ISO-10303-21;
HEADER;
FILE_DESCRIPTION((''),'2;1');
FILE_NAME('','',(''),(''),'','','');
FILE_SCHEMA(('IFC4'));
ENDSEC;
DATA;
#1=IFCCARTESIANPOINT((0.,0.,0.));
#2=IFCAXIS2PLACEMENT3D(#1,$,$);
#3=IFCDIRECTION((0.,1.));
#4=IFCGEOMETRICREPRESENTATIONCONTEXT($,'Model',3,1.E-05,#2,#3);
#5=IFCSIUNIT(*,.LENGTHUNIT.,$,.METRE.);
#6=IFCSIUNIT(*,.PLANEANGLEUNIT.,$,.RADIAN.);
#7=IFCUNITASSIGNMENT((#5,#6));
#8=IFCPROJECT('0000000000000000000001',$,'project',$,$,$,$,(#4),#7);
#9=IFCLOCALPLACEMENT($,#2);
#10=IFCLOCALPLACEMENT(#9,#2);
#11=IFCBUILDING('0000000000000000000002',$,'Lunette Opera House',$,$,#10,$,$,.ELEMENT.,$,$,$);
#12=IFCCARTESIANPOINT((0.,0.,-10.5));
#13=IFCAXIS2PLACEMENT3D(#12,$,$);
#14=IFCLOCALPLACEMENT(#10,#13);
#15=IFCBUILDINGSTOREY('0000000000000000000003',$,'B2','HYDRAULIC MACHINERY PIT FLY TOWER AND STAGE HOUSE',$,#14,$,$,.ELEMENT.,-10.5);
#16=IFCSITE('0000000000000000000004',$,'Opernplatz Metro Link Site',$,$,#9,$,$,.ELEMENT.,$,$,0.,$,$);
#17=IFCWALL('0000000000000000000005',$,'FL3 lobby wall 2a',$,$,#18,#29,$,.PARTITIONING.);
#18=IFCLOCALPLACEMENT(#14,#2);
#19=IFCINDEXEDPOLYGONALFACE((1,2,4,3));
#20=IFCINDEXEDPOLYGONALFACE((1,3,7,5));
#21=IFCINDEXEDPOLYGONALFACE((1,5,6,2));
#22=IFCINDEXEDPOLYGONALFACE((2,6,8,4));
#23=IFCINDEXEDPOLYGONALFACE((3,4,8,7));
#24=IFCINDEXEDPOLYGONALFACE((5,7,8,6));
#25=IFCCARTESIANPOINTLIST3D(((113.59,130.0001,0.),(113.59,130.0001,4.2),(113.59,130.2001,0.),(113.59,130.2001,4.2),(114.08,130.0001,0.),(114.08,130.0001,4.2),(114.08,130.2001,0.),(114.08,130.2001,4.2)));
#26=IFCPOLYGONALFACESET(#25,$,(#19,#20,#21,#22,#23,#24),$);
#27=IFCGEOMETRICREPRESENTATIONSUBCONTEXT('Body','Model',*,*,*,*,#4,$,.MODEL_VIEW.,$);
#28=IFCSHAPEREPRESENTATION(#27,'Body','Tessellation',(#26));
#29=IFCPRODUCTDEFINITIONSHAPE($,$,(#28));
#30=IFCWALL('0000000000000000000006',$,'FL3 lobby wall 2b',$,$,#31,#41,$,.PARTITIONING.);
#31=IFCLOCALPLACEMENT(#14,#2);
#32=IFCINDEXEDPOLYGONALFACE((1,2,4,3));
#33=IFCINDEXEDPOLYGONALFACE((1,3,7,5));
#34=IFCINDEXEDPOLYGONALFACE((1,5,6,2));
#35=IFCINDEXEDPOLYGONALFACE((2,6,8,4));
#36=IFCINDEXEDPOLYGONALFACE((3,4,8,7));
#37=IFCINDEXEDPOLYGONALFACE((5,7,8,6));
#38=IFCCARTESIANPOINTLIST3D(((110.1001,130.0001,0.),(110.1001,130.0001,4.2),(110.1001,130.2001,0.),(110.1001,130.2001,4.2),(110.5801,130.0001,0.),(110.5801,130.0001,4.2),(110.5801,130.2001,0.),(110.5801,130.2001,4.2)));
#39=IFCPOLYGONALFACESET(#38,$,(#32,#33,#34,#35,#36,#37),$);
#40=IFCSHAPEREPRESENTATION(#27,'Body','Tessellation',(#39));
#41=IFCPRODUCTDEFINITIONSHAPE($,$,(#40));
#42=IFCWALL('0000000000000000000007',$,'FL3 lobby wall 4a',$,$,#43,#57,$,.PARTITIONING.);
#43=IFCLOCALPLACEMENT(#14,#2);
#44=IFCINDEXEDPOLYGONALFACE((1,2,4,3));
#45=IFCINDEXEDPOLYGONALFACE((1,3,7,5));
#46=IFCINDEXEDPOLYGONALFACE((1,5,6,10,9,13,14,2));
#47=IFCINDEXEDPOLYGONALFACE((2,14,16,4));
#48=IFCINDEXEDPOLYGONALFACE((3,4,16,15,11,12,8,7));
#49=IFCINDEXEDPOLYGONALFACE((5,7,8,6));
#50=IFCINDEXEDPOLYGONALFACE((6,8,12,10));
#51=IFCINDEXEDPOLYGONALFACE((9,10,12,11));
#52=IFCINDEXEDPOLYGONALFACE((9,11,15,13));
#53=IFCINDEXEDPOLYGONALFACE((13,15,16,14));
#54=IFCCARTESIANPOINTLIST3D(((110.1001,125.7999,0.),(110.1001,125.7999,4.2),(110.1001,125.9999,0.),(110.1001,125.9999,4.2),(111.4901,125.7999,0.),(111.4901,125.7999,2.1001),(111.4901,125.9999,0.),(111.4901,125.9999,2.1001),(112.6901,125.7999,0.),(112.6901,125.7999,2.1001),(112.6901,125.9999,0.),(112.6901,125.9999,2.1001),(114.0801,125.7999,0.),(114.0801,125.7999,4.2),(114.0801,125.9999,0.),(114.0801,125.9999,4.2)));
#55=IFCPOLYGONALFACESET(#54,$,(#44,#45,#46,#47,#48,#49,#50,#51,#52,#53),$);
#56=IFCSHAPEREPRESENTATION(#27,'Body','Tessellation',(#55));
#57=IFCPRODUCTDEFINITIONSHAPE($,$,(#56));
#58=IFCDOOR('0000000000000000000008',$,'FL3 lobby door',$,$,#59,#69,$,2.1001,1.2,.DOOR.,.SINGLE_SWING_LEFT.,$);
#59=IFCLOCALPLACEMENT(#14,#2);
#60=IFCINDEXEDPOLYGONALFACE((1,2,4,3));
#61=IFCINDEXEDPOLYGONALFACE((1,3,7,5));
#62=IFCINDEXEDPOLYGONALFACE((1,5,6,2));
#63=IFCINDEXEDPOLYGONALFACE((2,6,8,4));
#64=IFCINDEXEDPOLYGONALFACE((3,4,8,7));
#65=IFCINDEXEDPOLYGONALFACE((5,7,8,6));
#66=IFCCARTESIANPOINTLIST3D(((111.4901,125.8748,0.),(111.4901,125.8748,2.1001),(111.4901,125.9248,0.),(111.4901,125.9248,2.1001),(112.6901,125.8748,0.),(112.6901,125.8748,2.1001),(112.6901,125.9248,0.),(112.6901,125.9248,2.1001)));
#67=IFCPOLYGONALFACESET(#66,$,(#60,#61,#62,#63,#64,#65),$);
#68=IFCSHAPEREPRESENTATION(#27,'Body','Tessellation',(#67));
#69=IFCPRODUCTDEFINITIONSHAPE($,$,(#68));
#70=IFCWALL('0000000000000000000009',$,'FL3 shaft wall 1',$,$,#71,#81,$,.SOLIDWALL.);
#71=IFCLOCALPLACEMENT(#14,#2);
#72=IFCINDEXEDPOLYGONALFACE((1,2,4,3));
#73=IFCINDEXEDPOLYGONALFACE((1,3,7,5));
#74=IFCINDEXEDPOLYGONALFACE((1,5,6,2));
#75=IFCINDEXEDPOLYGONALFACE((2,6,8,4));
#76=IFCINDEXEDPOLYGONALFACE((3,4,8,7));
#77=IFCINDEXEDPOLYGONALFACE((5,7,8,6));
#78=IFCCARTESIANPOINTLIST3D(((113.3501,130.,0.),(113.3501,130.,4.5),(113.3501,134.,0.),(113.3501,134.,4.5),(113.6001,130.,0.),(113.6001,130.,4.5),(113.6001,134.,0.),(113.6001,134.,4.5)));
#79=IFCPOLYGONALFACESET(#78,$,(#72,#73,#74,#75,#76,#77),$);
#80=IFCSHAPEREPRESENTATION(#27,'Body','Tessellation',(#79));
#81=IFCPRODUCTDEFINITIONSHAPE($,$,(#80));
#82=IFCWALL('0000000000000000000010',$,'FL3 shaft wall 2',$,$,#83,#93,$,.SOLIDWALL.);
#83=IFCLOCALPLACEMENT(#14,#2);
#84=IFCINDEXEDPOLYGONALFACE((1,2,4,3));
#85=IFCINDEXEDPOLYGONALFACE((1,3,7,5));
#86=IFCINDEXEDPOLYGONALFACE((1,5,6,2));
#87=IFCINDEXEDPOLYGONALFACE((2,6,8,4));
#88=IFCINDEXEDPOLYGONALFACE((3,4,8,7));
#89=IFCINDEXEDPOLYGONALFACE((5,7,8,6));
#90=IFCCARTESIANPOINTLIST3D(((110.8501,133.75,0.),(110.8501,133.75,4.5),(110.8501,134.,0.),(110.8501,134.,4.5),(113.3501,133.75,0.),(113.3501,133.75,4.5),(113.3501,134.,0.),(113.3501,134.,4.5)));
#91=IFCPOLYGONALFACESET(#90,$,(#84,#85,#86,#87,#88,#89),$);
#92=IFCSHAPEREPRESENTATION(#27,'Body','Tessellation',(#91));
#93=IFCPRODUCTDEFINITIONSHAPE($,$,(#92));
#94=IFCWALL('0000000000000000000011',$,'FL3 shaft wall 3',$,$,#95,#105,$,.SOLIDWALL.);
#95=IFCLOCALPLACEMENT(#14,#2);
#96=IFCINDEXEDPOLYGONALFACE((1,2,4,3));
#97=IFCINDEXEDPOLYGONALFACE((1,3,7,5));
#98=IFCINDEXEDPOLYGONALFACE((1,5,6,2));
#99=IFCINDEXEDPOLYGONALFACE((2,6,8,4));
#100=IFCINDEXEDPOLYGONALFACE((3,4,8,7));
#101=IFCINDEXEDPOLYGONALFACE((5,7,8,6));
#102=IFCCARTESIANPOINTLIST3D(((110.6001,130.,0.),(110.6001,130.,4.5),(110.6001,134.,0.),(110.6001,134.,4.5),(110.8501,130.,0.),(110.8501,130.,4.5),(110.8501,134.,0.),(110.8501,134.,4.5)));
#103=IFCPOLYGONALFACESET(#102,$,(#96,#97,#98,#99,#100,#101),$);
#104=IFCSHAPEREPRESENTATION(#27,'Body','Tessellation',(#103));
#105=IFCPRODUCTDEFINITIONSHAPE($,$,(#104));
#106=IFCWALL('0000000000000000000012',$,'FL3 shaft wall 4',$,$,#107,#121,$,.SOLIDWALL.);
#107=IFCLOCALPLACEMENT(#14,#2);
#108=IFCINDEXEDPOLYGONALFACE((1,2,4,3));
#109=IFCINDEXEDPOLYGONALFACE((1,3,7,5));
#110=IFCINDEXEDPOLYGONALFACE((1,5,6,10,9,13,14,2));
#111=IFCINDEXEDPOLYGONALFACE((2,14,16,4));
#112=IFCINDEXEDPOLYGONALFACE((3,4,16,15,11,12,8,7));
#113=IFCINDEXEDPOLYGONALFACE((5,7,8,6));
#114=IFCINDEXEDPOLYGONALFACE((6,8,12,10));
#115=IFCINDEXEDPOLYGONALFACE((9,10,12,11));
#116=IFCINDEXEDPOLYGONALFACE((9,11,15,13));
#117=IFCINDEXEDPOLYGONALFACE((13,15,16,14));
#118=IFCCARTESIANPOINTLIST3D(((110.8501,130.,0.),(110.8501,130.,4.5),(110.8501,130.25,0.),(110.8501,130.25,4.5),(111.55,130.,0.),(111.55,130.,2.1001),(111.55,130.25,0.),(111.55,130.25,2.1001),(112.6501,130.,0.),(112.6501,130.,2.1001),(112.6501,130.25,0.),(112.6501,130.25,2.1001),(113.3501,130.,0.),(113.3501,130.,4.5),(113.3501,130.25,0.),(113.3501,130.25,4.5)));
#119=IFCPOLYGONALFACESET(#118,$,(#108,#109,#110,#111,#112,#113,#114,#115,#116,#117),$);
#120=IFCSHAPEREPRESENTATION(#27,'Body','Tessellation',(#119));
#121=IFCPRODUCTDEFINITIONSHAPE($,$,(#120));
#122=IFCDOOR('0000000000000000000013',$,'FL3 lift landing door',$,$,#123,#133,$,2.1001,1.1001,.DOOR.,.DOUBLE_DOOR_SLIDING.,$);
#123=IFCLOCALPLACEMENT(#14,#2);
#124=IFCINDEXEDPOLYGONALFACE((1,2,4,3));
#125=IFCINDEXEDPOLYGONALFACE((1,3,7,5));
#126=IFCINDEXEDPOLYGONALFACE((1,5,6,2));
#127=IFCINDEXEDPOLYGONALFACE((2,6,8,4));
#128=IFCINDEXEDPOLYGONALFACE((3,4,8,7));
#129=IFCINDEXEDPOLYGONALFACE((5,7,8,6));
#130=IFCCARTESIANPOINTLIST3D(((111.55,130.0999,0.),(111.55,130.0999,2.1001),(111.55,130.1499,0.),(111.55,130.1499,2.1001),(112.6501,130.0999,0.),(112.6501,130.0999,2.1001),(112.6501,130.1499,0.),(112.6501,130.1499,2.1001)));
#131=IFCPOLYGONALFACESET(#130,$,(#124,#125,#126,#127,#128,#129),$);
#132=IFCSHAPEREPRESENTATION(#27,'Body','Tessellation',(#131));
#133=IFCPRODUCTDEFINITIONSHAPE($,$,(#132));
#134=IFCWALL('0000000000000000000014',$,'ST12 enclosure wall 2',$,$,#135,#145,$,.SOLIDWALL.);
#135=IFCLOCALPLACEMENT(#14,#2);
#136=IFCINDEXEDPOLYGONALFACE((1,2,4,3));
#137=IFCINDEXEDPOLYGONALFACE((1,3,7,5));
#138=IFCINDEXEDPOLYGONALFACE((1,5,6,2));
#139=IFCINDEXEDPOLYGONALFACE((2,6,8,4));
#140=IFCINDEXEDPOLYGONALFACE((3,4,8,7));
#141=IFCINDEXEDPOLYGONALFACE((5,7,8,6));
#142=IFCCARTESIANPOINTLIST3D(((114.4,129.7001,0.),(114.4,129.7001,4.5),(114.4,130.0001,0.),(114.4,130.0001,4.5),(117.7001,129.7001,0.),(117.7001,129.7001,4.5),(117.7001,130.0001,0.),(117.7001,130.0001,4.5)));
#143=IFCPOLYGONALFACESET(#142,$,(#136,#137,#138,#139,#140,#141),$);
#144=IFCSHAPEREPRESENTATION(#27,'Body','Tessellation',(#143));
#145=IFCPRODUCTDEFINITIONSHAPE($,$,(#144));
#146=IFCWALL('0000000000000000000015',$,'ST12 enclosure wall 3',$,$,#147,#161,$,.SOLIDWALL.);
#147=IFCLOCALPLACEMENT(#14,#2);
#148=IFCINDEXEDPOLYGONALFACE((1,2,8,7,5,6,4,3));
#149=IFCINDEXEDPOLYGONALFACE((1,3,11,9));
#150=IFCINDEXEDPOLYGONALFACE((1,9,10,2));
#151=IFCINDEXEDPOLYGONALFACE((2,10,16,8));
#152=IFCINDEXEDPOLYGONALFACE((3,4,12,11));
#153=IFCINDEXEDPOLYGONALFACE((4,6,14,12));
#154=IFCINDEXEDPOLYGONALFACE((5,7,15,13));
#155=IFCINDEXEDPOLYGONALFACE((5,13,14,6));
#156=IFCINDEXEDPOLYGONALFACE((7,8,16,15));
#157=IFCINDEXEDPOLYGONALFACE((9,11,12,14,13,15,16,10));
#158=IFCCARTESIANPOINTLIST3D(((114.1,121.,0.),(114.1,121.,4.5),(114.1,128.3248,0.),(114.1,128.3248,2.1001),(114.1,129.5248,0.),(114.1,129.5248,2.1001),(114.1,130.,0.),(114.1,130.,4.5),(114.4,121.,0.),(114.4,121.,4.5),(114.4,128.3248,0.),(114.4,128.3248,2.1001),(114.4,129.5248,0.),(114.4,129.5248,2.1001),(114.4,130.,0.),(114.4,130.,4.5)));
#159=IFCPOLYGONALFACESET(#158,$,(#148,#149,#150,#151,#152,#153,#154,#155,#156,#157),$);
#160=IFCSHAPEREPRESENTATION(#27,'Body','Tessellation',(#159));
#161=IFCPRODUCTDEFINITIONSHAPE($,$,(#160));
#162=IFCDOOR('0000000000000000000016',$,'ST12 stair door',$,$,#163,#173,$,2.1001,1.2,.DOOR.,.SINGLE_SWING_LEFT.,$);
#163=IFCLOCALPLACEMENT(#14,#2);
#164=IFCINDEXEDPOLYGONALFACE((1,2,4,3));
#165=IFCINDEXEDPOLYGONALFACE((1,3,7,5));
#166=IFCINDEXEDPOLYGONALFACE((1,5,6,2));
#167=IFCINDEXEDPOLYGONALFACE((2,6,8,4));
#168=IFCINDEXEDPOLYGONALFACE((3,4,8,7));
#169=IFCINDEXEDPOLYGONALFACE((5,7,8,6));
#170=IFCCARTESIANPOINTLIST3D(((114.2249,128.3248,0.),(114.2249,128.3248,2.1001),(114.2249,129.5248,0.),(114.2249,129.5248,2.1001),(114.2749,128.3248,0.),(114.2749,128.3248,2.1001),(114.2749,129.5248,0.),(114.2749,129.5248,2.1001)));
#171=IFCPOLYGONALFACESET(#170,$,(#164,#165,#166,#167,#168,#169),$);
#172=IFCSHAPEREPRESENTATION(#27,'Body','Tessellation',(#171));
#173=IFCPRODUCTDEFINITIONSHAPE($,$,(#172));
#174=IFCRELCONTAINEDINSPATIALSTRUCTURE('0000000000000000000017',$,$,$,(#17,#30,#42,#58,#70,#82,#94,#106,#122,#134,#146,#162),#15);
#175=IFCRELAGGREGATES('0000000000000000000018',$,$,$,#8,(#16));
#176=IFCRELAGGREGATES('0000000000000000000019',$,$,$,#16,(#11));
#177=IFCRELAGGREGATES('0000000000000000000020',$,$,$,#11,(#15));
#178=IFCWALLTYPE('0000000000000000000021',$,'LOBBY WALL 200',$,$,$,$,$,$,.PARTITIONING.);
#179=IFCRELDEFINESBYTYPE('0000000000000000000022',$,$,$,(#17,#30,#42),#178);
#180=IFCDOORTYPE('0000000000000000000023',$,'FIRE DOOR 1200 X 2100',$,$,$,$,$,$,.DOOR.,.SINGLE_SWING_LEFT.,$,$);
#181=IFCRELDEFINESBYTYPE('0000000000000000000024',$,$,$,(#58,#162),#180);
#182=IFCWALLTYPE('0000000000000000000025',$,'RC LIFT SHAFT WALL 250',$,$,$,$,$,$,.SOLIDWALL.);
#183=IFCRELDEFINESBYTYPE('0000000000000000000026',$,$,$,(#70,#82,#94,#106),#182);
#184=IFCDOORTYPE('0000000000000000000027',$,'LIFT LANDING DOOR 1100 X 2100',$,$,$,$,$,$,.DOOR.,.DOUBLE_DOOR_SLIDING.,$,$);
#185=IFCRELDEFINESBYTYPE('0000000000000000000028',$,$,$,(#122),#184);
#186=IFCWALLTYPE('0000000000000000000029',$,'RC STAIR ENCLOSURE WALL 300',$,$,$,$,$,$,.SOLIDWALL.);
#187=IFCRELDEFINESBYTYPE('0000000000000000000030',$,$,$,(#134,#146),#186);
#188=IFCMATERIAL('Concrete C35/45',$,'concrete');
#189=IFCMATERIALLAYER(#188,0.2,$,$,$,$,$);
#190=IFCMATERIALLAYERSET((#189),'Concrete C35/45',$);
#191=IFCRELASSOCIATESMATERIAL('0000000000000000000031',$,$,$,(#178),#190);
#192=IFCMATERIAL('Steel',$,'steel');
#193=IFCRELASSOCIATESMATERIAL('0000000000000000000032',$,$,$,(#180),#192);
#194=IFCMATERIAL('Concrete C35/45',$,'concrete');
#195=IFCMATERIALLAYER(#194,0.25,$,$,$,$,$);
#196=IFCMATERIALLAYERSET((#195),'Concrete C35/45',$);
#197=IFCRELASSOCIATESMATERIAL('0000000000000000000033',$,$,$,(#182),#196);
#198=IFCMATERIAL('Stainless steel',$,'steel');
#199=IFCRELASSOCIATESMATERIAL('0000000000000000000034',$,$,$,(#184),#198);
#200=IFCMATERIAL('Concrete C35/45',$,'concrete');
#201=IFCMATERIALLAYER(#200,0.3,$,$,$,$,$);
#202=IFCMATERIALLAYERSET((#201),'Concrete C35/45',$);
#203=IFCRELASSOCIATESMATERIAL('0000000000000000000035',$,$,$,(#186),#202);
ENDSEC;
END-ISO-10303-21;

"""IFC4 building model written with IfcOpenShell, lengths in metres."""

from ifc_helpers import new_model, si_unit, direction, frame, frame_2d, origin, place, context, subcontext, project, spatial, rectangle, extrude, material, layer, layer_set, type_object, element, fill, save


model = new_model("IFC4")

# Units and contexts
model_context = context("Model", 3, precision=1e-05, world=origin(), true_north=direction((0.0, 1.0)))
body_context = subcontext(model_context, "Body", "Model", "MODEL_VIEW")
ifc_project = project(units=[si_unit("LENGTHUNIT", "METRE"), si_unit("PLANEANGLEUNIT", "RADIAN")], contexts=[model_context])

# Site, building, storey
site_placement = place(None, origin())
site = spatial("IfcSite", under=ifc_project, at=site_placement, Name="Opernplatz Metro Link Site", CompositionType="ELEMENT", RefElevation=0.0)
building_placement = place(site_placement, origin())
building = spatial("IfcBuilding", under=site, at=building_placement, Name="Lunette Opera House", CompositionType="ELEMENT")
storey_placement = place(building_placement, frame((0.0, 0.0, -10.5)))
storey = spatial("IfcBuildingStorey", under=building, at=storey_placement, Name="B2", Description="HYDRAULIC MACHINERY PIT FLY TOWER AND STAGE HOUSE", CompositionType="ELEMENT", Elevation=-10.5)

# Walls
ifc_material_1 = material(Name="Concrete C35/45", Category="concrete")
ifc_layer_1 = layer(ifc_material_1, 0.2)
ifc_layer_set_1 = layer_set([ifc_layer_1], Name="Concrete C35/45")
wall_type_1 = type_object("IfcWallType", Name="LOBBY WALL 200", PredefinedType="PARTITIONING", material=ifc_layer_set_1)
wall_1_placement = place(storey_placement, frame((114.0801, 130.1001, 0.0), z_axis=(0.0, 0.0, 1.0), x_axis=(-1.0, 0.0, 0.0)))
element("IfcWall", 1, at=wall_1_placement, inside=storey, type_object=wall_type_1, Name="FL3 lobby wall 2a", PredefinedType="PARTITIONING", context=body_context, shape_type="SweptSolid", body=[
    extrude(rectangle(XDim=0.49, YDim=0.2, at=frame_2d((0.2451, 0.0))), origin(), (0.0, 0.0, 1.0), 4.2),
])
wall_2_placement = place(storey_placement, frame((110.5801, 130.1001, 0.0), z_axis=(0.0, 0.0, 1.0), x_axis=(-1.0, 0.0, 0.0)))
element("IfcWall", 2, at=wall_2_placement, inside=storey, type_object=wall_type_1, Name="FL3 lobby wall 2b", PredefinedType="PARTITIONING", context=body_context, shape_type="SweptSolid", body=[
    extrude(rectangle(XDim=0.48, YDim=0.2, at=frame_2d((0.24, 0.0))), origin(), (0.0, 0.0, 1.0), 4.2),
])

# Wall, opening, door
wall_3_placement = place(storey_placement, frame((110.1001, 125.8999, 0.0), z_axis=(0.0, 0.0, 1.0), x_axis=(1.0, 0.0, 0.0)))
wall_3 = element("IfcWall", 3, at=wall_3_placement, inside=storey, type_object=wall_type_1, Name="FL3 lobby wall 4a", PredefinedType="PARTITIONING", context=body_context, shape_type="SweptSolid", body=[
    extrude(rectangle(XDim=3.98, YDim=0.2, at=frame_2d((1.99, 0.0))), origin(), (0.0, 0.0, 1.0), 4.2),
])
opening_1_placement = place(wall_3_placement, frame((1.3899, 0.0, 0.0)))
opening_1 = element("IfcOpeningElement", 4, at=opening_1_placement, cuts=wall_3, PredefinedType="OPENING", context=body_context, shape_type="SweptSolid", body=[
    extrude(rectangle(XDim=1.2, YDim=2.1001, at=frame_2d((0.6001, 1.05))), frame((0.0, 0.1121, 0.0), z_axis=(0.0, -1.0, 0.0), x_axis=(1.0, 0.0, 0.0)), (0.0, 0.0, 1.0), 0.2239),
])
ifc_material_2 = material(Name="Steel", Category="steel")
door_type_1 = type_object("IfcDoorType", Name="FIRE DOOR 1200 X 2100", OperationType="SINGLE_SWING_LEFT", PredefinedType="DOOR", material=ifc_material_2)
door_1_placement = place(opening_1_placement, origin())
door_1 = element("IfcDoor", 5, at=door_1_placement, inside=storey, type_object=door_type_1, Name="FL3 lobby door", OperationType="SINGLE_SWING_LEFT", OverallHeight=2.1001, OverallWidth=1.2, PredefinedType="DOOR", context=body_context, shape_type="SweptSolid", body=[
    extrude(rectangle(XDim=1.2, YDim=2.1001, at=frame_2d((0.6001, 1.05))), frame((0.0, 0.0249, 0.0), z_axis=(0.0, -1.0, 0.0), x_axis=(1.0, 0.0, 0.0)), (0.0, 0.0, 1.0), 0.05),
])
fill(opening_1, door_1)

# Walls
ifc_material_3 = material(Name="Concrete C35/45", Category="concrete")
ifc_layer_2 = layer(ifc_material_3, 0.25)
ifc_layer_set_2 = layer_set([ifc_layer_2], Name="Concrete C35/45")
wall_type_2 = type_object("IfcWallType", Name="RC LIFT SHAFT WALL 250", PredefinedType="SOLIDWALL", material=ifc_layer_set_2)
wall_4_placement = place(storey_placement, frame((113.4751, 130.0, 0.0), z_axis=(0.0, 0.0, 1.0), x_axis=(0.0, 1.0, 0.0)))
element("IfcWall", 6, at=wall_4_placement, inside=storey, type_object=wall_type_2, Name="FL3 shaft wall 1", PredefinedType="SOLIDWALL", context=body_context, shape_type="SweptSolid", body=[
    extrude(rectangle(XDim=4.0, YDim=0.25, at=frame_2d((2.0, 0.0))), origin(), (0.0, 0.0, 1.0), 4.5),
])
wall_5_placement = place(storey_placement, frame((113.3501, 133.875, 0.0), z_axis=(0.0, 0.0, 1.0), x_axis=(-1.0, 0.0, 0.0)))
element("IfcWall", 7, at=wall_5_placement, inside=storey, type_object=wall_type_2, Name="FL3 shaft wall 2", PredefinedType="SOLIDWALL", context=body_context, shape_type="SweptSolid", body=[
    extrude(rectangle(XDim=2.5, YDim=0.25, at=frame_2d((1.25, 0.0))), origin(), (0.0, 0.0, 1.0), 4.5),
])
wall_6_placement = place(storey_placement, frame((110.7251, 134.0, 0.0), z_axis=(0.0, 0.0, 1.0), x_axis=(0.0, -1.0, 0.0)))
element("IfcWall", 8, at=wall_6_placement, inside=storey, type_object=wall_type_2, Name="FL3 shaft wall 3", PredefinedType="SOLIDWALL", context=body_context, shape_type="SweptSolid", body=[
    extrude(rectangle(XDim=4.0, YDim=0.25, at=frame_2d((2.0, 0.0))), origin(), (0.0, 0.0, 1.0), 4.5),
])

# Wall, opening, door
wall_7_placement = place(storey_placement, frame((110.8501, 130.125, 0.0), z_axis=(0.0, 0.0, 1.0), x_axis=(1.0, 0.0, 0.0)))
wall_7 = element("IfcWall", 9, at=wall_7_placement, inside=storey, type_object=wall_type_2, Name="FL3 shaft wall 4", PredefinedType="SOLIDWALL", context=body_context, shape_type="SweptSolid", body=[
    extrude(rectangle(XDim=2.5, YDim=0.25, at=frame_2d((1.25, 0.0))), origin(), (0.0, 0.0, 1.0), 4.5),
])
opening_2_placement = place(wall_7_placement, frame((0.7, 0.0, 0.0)))
opening_2 = element("IfcOpeningElement", 10, at=opening_2_placement, cuts=wall_7, PredefinedType="OPENING", context=body_context, shape_type="SweptSolid", body=[
    extrude(rectangle(XDim=1.1001, YDim=2.1001, at=frame_2d((0.55, 1.05))), frame((0.0, 0.137, 0.0), z_axis=(0.0, -1.0, 0.0), x_axis=(1.0, 0.0, 0.0)), (0.0, 0.0, 1.0), 0.2739),
])
ifc_material_4 = material(Name="Stainless steel", Category="steel")
door_type_2 = type_object("IfcDoorType", Name="LIFT LANDING DOOR 1100 X 2100", OperationType="DOUBLE_DOOR_SLIDING", PredefinedType="DOOR", material=ifc_material_4)
door_2_placement = place(opening_2_placement, origin())
door_2 = element("IfcDoor", 11, at=door_2_placement, inside=storey, type_object=door_type_2, Name="FL3 lift landing door", OperationType="DOUBLE_DOOR_SLIDING", OverallHeight=2.1001, OverallWidth=1.1001, PredefinedType="DOOR", context=body_context, shape_type="SweptSolid", body=[
    extrude(rectangle(XDim=1.1001, YDim=2.1001, at=frame_2d((0.55, 1.05))), frame((0.0, 0.0249, 0.0), z_axis=(0.0, -1.0, 0.0), x_axis=(1.0, 0.0, 0.0)), (0.0, 0.0, 1.0), 0.05),
])
fill(opening_2, door_2)

# Wall
ifc_material_5 = material(Name="Concrete C35/45", Category="concrete")
ifc_layer_3 = layer(ifc_material_5, 0.3)
ifc_layer_set_3 = layer_set([ifc_layer_3], Name="Concrete C35/45")
wall_type_3 = type_object("IfcWallType", Name="RC STAIR ENCLOSURE WALL 300", PredefinedType="SOLIDWALL", material=ifc_layer_set_3)
wall_8_placement = place(storey_placement, frame((117.7, 129.8501, 0.0), z_axis=(0.0, 0.0, 1.0), x_axis=(-1.0, 0.0, 0.0)))
element("IfcWall", 12, at=wall_8_placement, inside=storey, type_object=wall_type_3, Name="ST12 enclosure wall 2", PredefinedType="SOLIDWALL", context=body_context, shape_type="SweptSolid", body=[
    extrude(rectangle(XDim=3.3, YDim=0.3, at=frame_2d((1.6499, 0.0))), origin(), (0.0, 0.0, 1.0), 4.5),
])

# Wall, opening, door
wall_9_placement = place(storey_placement, frame((114.25, 130.0, 0.0), z_axis=(0.0, 0.0, 1.0), x_axis=(0.0, -1.0, 0.0)))
wall_9 = element("IfcWall", 13, at=wall_9_placement, inside=storey, type_object=wall_type_3, Name="ST12 enclosure wall 3", PredefinedType="SOLIDWALL", context=body_context, shape_type="SweptSolid", body=[
    extrude(rectangle(XDim=9.0, YDim=0.3, at=frame_2d((4.5, 0.0))), origin(), (0.0, 0.0, 1.0), 4.5),
])
opening_3_placement = place(wall_9_placement, frame((0.4751, 0.0, 0.0)))
opening_3 = element("IfcOpeningElement", 14, at=opening_3_placement, cuts=wall_9, PredefinedType="OPENING", context=body_context, shape_type="SweptSolid", body=[
    extrude(rectangle(XDim=1.2, YDim=2.1001, at=frame_2d((0.6001, 1.05))), frame((0.0, 0.1621, 0.0), z_axis=(0.0, -1.0, 0.0), x_axis=(1.0, 0.0, 0.0)), (0.0, 0.0, 1.0), 0.324),
])
door_3_placement = place(opening_3_placement, origin())
door_3 = element("IfcDoor", 15, at=door_3_placement, inside=storey, type_object=door_type_1, Name="ST12 stair door", OperationType="SINGLE_SWING_LEFT", OverallHeight=2.1001, OverallWidth=1.2, PredefinedType="DOOR", context=body_context, shape_type="SweptSolid", body=[
    extrude(rectangle(XDim=1.2, YDim=2.1001, at=frame_2d((0.6001, 1.05))), frame((0.0, 0.0249, 0.0), z_axis=(0.0, -1.0, 0.0), x_axis=(1.0, 0.0, 0.0)), (0.0, 0.0, 1.0), 0.05),
])
fill(opening_3, door_3)

save(model, "model.ifc")
